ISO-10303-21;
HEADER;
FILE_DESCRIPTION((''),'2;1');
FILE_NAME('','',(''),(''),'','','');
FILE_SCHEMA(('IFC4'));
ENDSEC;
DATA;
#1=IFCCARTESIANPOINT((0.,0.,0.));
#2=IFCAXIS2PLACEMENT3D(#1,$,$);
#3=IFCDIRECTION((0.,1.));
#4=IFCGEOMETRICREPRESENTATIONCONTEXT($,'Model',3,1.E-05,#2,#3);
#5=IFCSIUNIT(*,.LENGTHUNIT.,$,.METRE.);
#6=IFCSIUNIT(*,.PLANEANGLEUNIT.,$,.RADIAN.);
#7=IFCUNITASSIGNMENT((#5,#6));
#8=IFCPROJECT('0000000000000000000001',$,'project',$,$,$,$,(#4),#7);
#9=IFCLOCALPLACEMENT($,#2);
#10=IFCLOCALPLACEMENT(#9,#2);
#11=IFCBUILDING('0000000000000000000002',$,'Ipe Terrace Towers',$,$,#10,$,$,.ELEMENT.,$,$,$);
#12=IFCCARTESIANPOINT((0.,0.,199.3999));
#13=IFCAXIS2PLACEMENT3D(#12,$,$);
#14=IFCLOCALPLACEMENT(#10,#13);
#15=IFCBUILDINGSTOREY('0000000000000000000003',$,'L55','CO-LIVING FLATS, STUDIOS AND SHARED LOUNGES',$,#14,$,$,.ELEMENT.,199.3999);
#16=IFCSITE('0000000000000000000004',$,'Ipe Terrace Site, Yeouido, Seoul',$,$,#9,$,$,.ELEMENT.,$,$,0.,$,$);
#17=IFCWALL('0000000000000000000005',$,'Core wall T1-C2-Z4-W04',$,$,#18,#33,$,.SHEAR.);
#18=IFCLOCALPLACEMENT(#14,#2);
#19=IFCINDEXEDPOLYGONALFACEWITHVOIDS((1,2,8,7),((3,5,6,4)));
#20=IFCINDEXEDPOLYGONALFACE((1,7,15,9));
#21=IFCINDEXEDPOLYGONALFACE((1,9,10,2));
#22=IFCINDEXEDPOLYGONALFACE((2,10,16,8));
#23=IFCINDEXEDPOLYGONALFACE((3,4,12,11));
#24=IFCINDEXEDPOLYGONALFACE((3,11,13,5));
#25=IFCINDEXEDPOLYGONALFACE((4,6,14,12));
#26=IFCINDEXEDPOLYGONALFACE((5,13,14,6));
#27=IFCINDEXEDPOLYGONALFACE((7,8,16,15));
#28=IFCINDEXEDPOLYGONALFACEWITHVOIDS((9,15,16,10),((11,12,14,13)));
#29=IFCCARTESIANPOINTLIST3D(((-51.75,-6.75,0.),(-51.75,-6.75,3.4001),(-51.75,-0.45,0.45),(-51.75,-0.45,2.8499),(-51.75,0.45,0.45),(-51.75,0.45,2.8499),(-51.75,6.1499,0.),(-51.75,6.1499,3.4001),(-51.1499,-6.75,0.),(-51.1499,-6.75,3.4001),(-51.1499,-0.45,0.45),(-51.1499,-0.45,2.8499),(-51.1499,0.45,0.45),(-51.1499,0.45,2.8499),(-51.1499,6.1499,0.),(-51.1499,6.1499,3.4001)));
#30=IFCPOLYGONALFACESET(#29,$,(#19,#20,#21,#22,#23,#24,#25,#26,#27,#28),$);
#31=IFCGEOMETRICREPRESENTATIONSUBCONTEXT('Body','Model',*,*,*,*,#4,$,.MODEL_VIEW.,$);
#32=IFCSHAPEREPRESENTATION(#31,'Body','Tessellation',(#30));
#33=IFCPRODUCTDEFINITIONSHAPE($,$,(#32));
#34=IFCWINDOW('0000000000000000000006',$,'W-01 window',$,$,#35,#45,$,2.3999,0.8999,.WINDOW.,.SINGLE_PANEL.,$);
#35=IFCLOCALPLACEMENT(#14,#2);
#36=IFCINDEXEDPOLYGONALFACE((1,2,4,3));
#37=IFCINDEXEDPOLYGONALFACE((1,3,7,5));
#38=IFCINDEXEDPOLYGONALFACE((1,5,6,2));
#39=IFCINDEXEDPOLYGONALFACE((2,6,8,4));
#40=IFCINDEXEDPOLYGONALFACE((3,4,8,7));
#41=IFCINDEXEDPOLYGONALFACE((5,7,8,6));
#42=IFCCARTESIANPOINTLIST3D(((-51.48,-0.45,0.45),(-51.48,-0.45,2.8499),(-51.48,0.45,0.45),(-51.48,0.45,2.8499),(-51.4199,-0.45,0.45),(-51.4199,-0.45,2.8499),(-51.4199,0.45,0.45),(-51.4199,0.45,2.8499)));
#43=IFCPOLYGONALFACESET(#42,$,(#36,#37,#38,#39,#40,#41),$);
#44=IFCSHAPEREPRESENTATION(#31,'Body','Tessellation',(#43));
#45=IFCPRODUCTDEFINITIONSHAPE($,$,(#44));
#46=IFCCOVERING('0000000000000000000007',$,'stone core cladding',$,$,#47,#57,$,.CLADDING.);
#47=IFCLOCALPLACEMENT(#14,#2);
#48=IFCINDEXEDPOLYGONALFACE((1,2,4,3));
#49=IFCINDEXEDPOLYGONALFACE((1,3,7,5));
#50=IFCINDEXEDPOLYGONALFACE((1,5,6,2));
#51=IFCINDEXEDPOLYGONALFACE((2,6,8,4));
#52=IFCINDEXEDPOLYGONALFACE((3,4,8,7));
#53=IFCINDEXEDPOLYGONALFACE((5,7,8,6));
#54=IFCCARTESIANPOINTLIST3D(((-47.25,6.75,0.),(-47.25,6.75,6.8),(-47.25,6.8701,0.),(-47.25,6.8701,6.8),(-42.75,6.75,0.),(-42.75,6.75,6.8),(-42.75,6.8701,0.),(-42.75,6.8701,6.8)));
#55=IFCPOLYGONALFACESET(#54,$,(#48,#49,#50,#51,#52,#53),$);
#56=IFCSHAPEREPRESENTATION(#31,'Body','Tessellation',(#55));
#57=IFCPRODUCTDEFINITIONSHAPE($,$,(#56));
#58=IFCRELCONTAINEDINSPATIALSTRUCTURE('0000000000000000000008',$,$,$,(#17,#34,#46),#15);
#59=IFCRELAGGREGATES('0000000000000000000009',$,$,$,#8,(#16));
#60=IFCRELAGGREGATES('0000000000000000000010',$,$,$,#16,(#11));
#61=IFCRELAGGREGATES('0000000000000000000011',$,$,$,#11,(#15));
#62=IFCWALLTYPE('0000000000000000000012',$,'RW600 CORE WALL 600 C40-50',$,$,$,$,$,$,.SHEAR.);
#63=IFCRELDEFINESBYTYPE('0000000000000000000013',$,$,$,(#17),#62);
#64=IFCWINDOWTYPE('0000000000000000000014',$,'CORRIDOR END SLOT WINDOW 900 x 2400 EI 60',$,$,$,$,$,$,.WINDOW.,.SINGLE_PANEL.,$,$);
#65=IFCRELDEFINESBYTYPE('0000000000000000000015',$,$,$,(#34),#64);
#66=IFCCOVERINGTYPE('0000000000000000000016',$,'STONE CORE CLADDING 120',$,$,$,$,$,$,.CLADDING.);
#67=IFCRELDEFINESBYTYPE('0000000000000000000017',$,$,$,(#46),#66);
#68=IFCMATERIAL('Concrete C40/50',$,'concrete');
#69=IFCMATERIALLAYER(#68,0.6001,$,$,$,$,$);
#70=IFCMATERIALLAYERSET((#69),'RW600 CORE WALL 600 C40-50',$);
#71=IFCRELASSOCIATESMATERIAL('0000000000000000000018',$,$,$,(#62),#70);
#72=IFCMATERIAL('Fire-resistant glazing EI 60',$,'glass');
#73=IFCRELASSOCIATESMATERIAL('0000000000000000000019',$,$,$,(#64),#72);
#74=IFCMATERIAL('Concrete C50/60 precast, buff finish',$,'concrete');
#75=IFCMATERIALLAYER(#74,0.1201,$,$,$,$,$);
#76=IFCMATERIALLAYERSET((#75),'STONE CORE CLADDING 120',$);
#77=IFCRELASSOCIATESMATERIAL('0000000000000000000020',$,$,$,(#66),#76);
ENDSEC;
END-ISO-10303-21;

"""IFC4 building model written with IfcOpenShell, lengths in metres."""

from ifc_helpers import new_model, si_unit, direction, frame, frame_2d, origin, origin_2d, place, context, subcontext, project, spatial, rectangle, extrude, material, layer, layer_set, type_object, element, fill, save


model = new_model("IFC4")

# Units and contexts
model_context = context("Model", 3, precision=1e-05, world=origin(), true_north=direction((0.0, 1.0)))
body_context = subcontext(model_context, "Body", "Model", "MODEL_VIEW")
ifc_project = project(units=[si_unit("LENGTHUNIT", "METRE"), si_unit("PLANEANGLEUNIT", "RADIAN")], contexts=[model_context])

# Site, building, storey
site_placement = place(None, origin())
site = spatial("IfcSite", under=ifc_project, at=site_placement, Name="Ipe Terrace Site, Yeouido, Seoul", CompositionType="ELEMENT", RefElevation=0.0)
building_placement = place(site_placement, origin())
building = spatial("IfcBuilding", under=site, at=building_placement, Name="Ipe Terrace Towers", CompositionType="ELEMENT")
storey_placement = place(building_placement, frame((0.0, 0.0, 199.3999)))
storey = spatial("IfcBuildingStorey", under=building, at=storey_placement, Name="L55", Description="CO-LIVING FLATS, STUDIOS AND SHARED LOUNGES", CompositionType="ELEMENT", Elevation=199.3999)

# Shared definitions
ifc_material_1 = material(Name="Concrete C40/50", Category="concrete")
ifc_layer_1 = layer(ifc_material_1, 0.6001)
ifc_layer_set_1 = layer_set([ifc_layer_1], Name="RW600 CORE WALL 600 C40-50")
wall_type_1 = type_object("IfcWallType", Name="RW600 CORE WALL 600 C40-50", PredefinedType="SHEAR", material=ifc_layer_set_1)

# Wall, opening, window
wall_1_placement = place(storey_placement, frame((-51.45, 6.1499, 0.0), z_axis=(0.0, 0.0, 1.0), x_axis=(0.0, -1.0, 0.0)))
wall_1 = element("IfcWall", 1, at=wall_1_placement, inside=storey, type_object=wall_type_1, Name="Core wall T1-C2-Z4-W04", PredefinedType="SHEAR", context=body_context, shape_type="SweptSolid", body=[
    extrude(rectangle(XDim=12.8999, YDim=0.6001, at=frame_2d((6.45, 0.0))), origin(), (0.0, 0.0, 1.0), 3.4001),
])
opening_1_placement = place(wall_1_placement, frame((5.7, 0.0, 0.45)))
opening_1 = element("IfcOpeningElement", 2, at=opening_1_placement, cuts=wall_1, PredefinedType="OPENING", context=body_context, shape_type="SweptSolid", body=[
    extrude(rectangle(XDim=0.8999, YDim=2.3999, at=frame_2d((0.45, 1.2))), frame((0.0, 0.3101, 0.0), z_axis=(0.0, -1.0, 0.0), x_axis=(1.0, 0.0, 0.0)), (0.0, 0.0, 1.0), 0.6201),
])
ifc_material_2 = material(Name="Fire-resistant glazing EI 60", Category="glass")
window_type = type_object("IfcWindowType", Name="CORRIDOR END SLOT WINDOW 900 x 2400 EI 60", PartitioningType="SINGLE_PANEL", PredefinedType="WINDOW", material=ifc_material_2)
window_placement = place(opening_1_placement, origin())
window = element("IfcWindow", 3, at=window_placement, inside=storey, type_object=window_type, Name="W-01 window", OverallHeight=2.3999, OverallWidth=0.8999, PartitioningType="SINGLE_PANEL", PredefinedType="WINDOW", context=body_context, shape_type="SweptSolid", body=[
    extrude(rectangle(XDim=0.8999, YDim=2.3999, at=frame_2d((0.45, 1.2))), frame((0.0, 0.03, 0.0), z_axis=(0.0, -1.0, 0.0), x_axis=(1.0, 0.0, 0.0)), (0.0, 0.0, 1.0), 0.0601),
])
fill(opening_1, window)

# Covering
ifc_material_3 = material(Name="Concrete C50/60 precast, buff finish", Category="concrete")
ifc_layer_2 = layer(ifc_material_3, 0.1201)
ifc_layer_set_2 = layer_set([ifc_layer_2], Name="STONE CORE CLADDING 120")
covering_type = type_object("IfcCoveringType", Name="STONE CORE CLADDING 120", PredefinedType="CLADDING", material=ifc_layer_set_2)
covering_placement = place(storey_placement, frame((-45.0, 6.8101, 0.0), z_axis=(0.0, 0.0, 1.0), x_axis=(-1.0, 0.0, 0.0)))
element("IfcCovering", 4, at=covering_placement, inside=storey, type_object=covering_type, Name="stone core cladding", PredefinedType="CLADDING", context=body_context, shape_type="SweptSolid", body=[
    extrude(rectangle(XDim=4.5, YDim=0.1201, at=origin_2d()), origin(), (0.0, 0.0, 1.0), 6.8),
])

save(model, "model.ifc")
